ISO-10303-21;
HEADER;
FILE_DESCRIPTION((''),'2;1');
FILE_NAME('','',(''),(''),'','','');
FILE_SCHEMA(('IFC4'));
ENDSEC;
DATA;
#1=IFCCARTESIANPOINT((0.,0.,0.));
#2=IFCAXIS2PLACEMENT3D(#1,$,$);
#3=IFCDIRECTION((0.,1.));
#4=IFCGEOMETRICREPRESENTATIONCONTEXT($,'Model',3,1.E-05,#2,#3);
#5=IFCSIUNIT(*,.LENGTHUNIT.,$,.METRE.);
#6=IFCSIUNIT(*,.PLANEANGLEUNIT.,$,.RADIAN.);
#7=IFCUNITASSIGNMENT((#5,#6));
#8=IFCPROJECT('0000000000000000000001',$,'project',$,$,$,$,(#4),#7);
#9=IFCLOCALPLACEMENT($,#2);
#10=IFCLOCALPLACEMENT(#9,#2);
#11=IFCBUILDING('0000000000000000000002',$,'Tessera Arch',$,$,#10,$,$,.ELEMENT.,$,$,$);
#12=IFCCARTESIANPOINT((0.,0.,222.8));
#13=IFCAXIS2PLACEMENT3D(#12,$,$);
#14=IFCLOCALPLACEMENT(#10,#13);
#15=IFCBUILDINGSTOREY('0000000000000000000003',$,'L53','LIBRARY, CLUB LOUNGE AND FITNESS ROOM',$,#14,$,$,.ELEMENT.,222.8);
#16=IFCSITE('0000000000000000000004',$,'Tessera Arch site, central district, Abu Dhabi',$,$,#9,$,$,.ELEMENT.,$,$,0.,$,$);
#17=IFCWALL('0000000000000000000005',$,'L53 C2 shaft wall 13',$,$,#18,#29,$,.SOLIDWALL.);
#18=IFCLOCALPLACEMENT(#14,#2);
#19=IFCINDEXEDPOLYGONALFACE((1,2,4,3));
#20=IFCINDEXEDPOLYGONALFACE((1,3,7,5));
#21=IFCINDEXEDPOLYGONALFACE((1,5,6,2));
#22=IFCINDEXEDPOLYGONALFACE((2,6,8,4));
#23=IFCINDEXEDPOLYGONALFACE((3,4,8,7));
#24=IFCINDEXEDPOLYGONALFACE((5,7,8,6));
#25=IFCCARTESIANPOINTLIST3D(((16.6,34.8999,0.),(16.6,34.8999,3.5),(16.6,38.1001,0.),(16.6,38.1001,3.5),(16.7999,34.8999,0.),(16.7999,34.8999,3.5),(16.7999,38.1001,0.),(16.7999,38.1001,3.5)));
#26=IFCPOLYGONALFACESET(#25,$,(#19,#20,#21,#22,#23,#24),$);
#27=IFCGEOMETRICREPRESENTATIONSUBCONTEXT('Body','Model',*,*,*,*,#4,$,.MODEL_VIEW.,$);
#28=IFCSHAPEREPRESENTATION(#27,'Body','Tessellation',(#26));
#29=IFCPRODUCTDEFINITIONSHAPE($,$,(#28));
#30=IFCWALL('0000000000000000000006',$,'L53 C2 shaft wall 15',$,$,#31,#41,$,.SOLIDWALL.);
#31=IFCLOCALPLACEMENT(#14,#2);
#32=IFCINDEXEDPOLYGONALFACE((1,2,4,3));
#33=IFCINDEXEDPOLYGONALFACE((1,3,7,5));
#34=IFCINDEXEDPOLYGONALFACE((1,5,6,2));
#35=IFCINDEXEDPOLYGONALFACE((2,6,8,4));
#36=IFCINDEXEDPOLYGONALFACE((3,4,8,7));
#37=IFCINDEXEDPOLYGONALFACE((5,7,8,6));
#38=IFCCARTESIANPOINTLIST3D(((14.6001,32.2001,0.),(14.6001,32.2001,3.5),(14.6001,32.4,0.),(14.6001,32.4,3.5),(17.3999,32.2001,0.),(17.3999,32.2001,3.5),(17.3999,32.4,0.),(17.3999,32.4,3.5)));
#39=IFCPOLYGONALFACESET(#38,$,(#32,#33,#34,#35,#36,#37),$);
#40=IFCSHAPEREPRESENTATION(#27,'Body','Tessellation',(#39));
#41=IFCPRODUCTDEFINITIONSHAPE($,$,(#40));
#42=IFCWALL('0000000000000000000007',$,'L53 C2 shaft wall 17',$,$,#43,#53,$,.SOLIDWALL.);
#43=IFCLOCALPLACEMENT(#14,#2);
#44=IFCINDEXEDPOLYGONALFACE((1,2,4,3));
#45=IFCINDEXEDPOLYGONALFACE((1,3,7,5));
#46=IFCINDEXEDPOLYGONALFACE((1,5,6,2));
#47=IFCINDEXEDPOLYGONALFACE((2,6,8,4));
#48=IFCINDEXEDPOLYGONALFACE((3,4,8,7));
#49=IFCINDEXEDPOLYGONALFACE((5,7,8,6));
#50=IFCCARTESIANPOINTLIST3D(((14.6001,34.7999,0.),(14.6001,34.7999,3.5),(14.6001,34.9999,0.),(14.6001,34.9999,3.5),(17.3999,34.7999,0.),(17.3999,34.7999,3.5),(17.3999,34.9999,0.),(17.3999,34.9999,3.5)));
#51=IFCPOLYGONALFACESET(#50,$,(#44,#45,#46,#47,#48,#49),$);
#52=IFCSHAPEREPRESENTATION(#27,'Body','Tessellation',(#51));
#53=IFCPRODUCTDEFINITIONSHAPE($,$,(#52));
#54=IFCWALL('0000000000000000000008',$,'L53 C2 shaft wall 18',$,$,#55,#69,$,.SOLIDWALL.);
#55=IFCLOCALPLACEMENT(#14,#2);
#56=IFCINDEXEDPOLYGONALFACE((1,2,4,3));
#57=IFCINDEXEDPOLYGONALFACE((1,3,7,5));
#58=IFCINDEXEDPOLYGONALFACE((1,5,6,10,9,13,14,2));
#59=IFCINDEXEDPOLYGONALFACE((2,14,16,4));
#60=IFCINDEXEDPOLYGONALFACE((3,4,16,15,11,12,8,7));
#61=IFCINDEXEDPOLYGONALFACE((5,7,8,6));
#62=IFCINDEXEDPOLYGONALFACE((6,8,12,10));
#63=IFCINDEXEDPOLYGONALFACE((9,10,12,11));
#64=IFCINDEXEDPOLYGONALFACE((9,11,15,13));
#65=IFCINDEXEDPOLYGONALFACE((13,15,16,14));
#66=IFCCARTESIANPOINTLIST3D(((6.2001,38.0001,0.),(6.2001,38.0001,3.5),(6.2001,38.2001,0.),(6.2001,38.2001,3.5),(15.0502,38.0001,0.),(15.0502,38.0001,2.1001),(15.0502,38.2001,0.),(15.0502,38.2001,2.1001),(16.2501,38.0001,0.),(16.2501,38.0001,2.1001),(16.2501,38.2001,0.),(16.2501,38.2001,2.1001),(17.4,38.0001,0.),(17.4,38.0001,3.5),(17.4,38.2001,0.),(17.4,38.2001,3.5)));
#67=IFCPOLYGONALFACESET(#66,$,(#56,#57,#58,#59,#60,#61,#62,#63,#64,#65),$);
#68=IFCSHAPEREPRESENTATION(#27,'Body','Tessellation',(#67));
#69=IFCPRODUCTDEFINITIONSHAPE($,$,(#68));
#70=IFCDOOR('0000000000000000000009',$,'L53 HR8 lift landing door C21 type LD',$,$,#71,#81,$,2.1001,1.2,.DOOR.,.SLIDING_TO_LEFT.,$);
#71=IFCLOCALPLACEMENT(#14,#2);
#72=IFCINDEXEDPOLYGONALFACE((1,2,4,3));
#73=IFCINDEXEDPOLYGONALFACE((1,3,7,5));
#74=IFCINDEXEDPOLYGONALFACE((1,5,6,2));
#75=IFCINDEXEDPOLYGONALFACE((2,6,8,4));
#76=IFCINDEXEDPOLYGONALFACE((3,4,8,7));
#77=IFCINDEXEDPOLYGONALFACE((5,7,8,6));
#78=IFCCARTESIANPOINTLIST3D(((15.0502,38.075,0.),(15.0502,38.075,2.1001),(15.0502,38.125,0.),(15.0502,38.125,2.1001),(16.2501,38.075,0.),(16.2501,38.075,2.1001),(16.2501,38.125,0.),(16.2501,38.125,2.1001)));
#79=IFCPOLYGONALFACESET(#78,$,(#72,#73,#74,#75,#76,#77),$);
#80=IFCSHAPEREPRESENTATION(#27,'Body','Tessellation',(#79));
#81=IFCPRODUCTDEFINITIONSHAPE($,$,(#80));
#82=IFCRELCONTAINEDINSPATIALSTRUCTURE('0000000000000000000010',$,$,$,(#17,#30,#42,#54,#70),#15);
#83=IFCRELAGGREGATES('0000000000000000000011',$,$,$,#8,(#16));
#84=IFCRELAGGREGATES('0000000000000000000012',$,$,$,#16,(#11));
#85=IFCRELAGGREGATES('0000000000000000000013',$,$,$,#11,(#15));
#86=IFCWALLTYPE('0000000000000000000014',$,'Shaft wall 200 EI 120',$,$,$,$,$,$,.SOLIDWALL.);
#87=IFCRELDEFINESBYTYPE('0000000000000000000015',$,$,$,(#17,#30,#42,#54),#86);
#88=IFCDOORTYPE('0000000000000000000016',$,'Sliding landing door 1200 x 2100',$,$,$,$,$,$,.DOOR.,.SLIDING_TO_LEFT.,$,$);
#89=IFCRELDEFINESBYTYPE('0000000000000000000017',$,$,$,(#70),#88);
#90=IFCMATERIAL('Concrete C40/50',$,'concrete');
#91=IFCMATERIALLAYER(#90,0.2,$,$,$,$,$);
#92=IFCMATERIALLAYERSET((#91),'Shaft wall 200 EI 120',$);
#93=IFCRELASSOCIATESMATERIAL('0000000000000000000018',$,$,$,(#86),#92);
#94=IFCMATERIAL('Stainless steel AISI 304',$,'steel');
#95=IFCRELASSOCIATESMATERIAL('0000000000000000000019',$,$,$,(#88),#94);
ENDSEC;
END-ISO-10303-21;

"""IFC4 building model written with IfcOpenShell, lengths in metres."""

from ifc_helpers import new_model, si_unit, direction, frame, frame_2d, origin, place, context, subcontext, project, spatial, rectangle, extrude, material, layer, layer_set, type_object, element, fill, save


model = new_model("IFC4")

# Units and contexts
model_context = context("Model", 3, precision=1e-05, world=origin(), true_north=direction((0.0, 1.0)))
body_context = subcontext(model_context, "Body", "Model", "MODEL_VIEW")
ifc_project = project(units=[si_unit("LENGTHUNIT", "METRE"), si_unit("PLANEANGLEUNIT", "RADIAN")], contexts=[model_context])

# Site, building, storey
site_placement = place(None, origin())
site = spatial("IfcSite", under=ifc_project, at=site_placement, Name="Tessera Arch site, central district, Abu Dhabi", CompositionType="ELEMENT", RefElevation=0.0)
building_placement = place(site_placement, origin())
building = spatial("IfcBuilding", under=site, at=building_placement, Name="Tessera Arch", CompositionType="ELEMENT")
storey_placement = place(building_placement, frame((0.0, 0.0, 222.8)))
storey = spatial("IfcBuildingStorey", under=building, at=storey_placement, Name="L53", Description="LIBRARY, CLUB LOUNGE AND FITNESS ROOM", CompositionType="ELEMENT", Elevation=222.8)

# Walls
ifc_material_1 = material(Name="Concrete C40/50", Category="concrete")
ifc_layer_1 = layer(ifc_material_1, 0.2)
ifc_layer_set_1 = layer_set([ifc_layer_1], Name="Shaft wall 200 EI 120")
wall_type_1 = type_object("IfcWallType", Name="Shaft wall 200 EI 120", PredefinedType="SOLIDWALL", material=ifc_layer_set_1)
wall_1_placement = place(storey_placement, frame((16.7, 34.8999, 0.0), z_axis=(0.0, 0.0, 1.0), x_axis=(0.0, 1.0, 0.0)))
element("IfcWall", 1, at=wall_1_placement, inside=storey, type_object=wall_type_1, Name="L53 C2 shaft wall 13", PredefinedType="SOLIDWALL", context=body_context, shape_type="SweptSolid", body=[
    extrude(rectangle(XDim=3.2002, YDim=0.2, at=frame_2d((1.6001, 0.0))), origin(), (0.0, 0.0, 1.0), 3.5),
])
for number, where, z_axis, x_axis, name in (
    (2, (14.6001, 32.3, 0.0), (0.0, 0.0, 1.0), (1.0, 0.0, 0.0), "L53 C2 shaft wall 15"),
    (3, (14.6001, 34.8999, 0.0), (0.0, 0.0, 1.0), (1.0, 0.0, 0.0), "L53 C2 shaft wall 17"),
):
    element("IfcWall", number, at=place(storey_placement, frame(where, z_axis=z_axis, x_axis=x_axis)), inside=storey, type_object=wall_type_1, Name=name, PredefinedType="SOLIDWALL", context=body_context, shape_type="SweptSolid", body=[
        extrude(rectangle(XDim=2.7998, YDim=0.2, at=frame_2d((1.3999, 0.0))), origin(), (0.0, 0.0, 1.0), 3.5),
    ])

# Wall, opening, door
wall_2_placement = place(storey_placement, frame((6.2, 38.1001, 0.0), z_axis=(0.0, 0.0, 1.0), x_axis=(1.0, 0.0, 0.0)))
wall_2 = element("IfcWall", 4, at=wall_2_placement, inside=storey, type_object=wall_type_1, Name="L53 C2 shaft wall 18", PredefinedType="SOLIDWALL", context=body_context, shape_type="SweptSolid", body=[
    extrude(rectangle(XDim=11.2, YDim=0.2, at=frame_2d((5.6001, 0.0))), origin(), (0.0, 0.0, 1.0), 3.5),
])
opening_placement = place(wall_2_placement, frame((8.8501, 0.0, 0.0)))
opening = element("IfcOpeningElement", 5, at=opening_placement, cuts=wall_2, PredefinedType="OPENING", context=body_context, shape_type="SweptSolid", body=[
    extrude(rectangle(XDim=1.2, YDim=2.1001, at=frame_2d((0.6001, 1.05))), frame((0.0, 0.1099, 0.0), z_axis=(0.0, -1.0, 0.0), x_axis=(1.0, 0.0, 0.0)), (0.0, 0.0, 1.0), 0.22),
])
ifc_material_2 = material(Name="Stainless steel AISI 304", Category="steel")
door_type = type_object("IfcDoorType", Name="Sliding landing door 1200 x 2100", OperationType="SLIDING_TO_LEFT", PredefinedType="DOOR", material=ifc_material_2)
door_placement = place(opening_placement, origin())
door = element("IfcDoor", 6, at=door_placement, inside=storey, type_object=door_type, Name="L53 HR8 lift landing door C21 type LD", OperationType="SLIDING_TO_LEFT", OverallHeight=2.1001, OverallWidth=1.2, PredefinedType="DOOR", context=body_context, shape_type="SweptSolid", body=[
    extrude(rectangle(XDim=1.2, YDim=2.1001, at=frame_2d((0.6001, 1.05))), frame((0.0, 0.0249, 0.0), z_axis=(0.0, -1.0, 0.0), x_axis=(1.0, 0.0, 0.0)), (0.0, 0.0, 1.0), 0.05),
])
fill(opening, door)

save(model, "model.ifc")
